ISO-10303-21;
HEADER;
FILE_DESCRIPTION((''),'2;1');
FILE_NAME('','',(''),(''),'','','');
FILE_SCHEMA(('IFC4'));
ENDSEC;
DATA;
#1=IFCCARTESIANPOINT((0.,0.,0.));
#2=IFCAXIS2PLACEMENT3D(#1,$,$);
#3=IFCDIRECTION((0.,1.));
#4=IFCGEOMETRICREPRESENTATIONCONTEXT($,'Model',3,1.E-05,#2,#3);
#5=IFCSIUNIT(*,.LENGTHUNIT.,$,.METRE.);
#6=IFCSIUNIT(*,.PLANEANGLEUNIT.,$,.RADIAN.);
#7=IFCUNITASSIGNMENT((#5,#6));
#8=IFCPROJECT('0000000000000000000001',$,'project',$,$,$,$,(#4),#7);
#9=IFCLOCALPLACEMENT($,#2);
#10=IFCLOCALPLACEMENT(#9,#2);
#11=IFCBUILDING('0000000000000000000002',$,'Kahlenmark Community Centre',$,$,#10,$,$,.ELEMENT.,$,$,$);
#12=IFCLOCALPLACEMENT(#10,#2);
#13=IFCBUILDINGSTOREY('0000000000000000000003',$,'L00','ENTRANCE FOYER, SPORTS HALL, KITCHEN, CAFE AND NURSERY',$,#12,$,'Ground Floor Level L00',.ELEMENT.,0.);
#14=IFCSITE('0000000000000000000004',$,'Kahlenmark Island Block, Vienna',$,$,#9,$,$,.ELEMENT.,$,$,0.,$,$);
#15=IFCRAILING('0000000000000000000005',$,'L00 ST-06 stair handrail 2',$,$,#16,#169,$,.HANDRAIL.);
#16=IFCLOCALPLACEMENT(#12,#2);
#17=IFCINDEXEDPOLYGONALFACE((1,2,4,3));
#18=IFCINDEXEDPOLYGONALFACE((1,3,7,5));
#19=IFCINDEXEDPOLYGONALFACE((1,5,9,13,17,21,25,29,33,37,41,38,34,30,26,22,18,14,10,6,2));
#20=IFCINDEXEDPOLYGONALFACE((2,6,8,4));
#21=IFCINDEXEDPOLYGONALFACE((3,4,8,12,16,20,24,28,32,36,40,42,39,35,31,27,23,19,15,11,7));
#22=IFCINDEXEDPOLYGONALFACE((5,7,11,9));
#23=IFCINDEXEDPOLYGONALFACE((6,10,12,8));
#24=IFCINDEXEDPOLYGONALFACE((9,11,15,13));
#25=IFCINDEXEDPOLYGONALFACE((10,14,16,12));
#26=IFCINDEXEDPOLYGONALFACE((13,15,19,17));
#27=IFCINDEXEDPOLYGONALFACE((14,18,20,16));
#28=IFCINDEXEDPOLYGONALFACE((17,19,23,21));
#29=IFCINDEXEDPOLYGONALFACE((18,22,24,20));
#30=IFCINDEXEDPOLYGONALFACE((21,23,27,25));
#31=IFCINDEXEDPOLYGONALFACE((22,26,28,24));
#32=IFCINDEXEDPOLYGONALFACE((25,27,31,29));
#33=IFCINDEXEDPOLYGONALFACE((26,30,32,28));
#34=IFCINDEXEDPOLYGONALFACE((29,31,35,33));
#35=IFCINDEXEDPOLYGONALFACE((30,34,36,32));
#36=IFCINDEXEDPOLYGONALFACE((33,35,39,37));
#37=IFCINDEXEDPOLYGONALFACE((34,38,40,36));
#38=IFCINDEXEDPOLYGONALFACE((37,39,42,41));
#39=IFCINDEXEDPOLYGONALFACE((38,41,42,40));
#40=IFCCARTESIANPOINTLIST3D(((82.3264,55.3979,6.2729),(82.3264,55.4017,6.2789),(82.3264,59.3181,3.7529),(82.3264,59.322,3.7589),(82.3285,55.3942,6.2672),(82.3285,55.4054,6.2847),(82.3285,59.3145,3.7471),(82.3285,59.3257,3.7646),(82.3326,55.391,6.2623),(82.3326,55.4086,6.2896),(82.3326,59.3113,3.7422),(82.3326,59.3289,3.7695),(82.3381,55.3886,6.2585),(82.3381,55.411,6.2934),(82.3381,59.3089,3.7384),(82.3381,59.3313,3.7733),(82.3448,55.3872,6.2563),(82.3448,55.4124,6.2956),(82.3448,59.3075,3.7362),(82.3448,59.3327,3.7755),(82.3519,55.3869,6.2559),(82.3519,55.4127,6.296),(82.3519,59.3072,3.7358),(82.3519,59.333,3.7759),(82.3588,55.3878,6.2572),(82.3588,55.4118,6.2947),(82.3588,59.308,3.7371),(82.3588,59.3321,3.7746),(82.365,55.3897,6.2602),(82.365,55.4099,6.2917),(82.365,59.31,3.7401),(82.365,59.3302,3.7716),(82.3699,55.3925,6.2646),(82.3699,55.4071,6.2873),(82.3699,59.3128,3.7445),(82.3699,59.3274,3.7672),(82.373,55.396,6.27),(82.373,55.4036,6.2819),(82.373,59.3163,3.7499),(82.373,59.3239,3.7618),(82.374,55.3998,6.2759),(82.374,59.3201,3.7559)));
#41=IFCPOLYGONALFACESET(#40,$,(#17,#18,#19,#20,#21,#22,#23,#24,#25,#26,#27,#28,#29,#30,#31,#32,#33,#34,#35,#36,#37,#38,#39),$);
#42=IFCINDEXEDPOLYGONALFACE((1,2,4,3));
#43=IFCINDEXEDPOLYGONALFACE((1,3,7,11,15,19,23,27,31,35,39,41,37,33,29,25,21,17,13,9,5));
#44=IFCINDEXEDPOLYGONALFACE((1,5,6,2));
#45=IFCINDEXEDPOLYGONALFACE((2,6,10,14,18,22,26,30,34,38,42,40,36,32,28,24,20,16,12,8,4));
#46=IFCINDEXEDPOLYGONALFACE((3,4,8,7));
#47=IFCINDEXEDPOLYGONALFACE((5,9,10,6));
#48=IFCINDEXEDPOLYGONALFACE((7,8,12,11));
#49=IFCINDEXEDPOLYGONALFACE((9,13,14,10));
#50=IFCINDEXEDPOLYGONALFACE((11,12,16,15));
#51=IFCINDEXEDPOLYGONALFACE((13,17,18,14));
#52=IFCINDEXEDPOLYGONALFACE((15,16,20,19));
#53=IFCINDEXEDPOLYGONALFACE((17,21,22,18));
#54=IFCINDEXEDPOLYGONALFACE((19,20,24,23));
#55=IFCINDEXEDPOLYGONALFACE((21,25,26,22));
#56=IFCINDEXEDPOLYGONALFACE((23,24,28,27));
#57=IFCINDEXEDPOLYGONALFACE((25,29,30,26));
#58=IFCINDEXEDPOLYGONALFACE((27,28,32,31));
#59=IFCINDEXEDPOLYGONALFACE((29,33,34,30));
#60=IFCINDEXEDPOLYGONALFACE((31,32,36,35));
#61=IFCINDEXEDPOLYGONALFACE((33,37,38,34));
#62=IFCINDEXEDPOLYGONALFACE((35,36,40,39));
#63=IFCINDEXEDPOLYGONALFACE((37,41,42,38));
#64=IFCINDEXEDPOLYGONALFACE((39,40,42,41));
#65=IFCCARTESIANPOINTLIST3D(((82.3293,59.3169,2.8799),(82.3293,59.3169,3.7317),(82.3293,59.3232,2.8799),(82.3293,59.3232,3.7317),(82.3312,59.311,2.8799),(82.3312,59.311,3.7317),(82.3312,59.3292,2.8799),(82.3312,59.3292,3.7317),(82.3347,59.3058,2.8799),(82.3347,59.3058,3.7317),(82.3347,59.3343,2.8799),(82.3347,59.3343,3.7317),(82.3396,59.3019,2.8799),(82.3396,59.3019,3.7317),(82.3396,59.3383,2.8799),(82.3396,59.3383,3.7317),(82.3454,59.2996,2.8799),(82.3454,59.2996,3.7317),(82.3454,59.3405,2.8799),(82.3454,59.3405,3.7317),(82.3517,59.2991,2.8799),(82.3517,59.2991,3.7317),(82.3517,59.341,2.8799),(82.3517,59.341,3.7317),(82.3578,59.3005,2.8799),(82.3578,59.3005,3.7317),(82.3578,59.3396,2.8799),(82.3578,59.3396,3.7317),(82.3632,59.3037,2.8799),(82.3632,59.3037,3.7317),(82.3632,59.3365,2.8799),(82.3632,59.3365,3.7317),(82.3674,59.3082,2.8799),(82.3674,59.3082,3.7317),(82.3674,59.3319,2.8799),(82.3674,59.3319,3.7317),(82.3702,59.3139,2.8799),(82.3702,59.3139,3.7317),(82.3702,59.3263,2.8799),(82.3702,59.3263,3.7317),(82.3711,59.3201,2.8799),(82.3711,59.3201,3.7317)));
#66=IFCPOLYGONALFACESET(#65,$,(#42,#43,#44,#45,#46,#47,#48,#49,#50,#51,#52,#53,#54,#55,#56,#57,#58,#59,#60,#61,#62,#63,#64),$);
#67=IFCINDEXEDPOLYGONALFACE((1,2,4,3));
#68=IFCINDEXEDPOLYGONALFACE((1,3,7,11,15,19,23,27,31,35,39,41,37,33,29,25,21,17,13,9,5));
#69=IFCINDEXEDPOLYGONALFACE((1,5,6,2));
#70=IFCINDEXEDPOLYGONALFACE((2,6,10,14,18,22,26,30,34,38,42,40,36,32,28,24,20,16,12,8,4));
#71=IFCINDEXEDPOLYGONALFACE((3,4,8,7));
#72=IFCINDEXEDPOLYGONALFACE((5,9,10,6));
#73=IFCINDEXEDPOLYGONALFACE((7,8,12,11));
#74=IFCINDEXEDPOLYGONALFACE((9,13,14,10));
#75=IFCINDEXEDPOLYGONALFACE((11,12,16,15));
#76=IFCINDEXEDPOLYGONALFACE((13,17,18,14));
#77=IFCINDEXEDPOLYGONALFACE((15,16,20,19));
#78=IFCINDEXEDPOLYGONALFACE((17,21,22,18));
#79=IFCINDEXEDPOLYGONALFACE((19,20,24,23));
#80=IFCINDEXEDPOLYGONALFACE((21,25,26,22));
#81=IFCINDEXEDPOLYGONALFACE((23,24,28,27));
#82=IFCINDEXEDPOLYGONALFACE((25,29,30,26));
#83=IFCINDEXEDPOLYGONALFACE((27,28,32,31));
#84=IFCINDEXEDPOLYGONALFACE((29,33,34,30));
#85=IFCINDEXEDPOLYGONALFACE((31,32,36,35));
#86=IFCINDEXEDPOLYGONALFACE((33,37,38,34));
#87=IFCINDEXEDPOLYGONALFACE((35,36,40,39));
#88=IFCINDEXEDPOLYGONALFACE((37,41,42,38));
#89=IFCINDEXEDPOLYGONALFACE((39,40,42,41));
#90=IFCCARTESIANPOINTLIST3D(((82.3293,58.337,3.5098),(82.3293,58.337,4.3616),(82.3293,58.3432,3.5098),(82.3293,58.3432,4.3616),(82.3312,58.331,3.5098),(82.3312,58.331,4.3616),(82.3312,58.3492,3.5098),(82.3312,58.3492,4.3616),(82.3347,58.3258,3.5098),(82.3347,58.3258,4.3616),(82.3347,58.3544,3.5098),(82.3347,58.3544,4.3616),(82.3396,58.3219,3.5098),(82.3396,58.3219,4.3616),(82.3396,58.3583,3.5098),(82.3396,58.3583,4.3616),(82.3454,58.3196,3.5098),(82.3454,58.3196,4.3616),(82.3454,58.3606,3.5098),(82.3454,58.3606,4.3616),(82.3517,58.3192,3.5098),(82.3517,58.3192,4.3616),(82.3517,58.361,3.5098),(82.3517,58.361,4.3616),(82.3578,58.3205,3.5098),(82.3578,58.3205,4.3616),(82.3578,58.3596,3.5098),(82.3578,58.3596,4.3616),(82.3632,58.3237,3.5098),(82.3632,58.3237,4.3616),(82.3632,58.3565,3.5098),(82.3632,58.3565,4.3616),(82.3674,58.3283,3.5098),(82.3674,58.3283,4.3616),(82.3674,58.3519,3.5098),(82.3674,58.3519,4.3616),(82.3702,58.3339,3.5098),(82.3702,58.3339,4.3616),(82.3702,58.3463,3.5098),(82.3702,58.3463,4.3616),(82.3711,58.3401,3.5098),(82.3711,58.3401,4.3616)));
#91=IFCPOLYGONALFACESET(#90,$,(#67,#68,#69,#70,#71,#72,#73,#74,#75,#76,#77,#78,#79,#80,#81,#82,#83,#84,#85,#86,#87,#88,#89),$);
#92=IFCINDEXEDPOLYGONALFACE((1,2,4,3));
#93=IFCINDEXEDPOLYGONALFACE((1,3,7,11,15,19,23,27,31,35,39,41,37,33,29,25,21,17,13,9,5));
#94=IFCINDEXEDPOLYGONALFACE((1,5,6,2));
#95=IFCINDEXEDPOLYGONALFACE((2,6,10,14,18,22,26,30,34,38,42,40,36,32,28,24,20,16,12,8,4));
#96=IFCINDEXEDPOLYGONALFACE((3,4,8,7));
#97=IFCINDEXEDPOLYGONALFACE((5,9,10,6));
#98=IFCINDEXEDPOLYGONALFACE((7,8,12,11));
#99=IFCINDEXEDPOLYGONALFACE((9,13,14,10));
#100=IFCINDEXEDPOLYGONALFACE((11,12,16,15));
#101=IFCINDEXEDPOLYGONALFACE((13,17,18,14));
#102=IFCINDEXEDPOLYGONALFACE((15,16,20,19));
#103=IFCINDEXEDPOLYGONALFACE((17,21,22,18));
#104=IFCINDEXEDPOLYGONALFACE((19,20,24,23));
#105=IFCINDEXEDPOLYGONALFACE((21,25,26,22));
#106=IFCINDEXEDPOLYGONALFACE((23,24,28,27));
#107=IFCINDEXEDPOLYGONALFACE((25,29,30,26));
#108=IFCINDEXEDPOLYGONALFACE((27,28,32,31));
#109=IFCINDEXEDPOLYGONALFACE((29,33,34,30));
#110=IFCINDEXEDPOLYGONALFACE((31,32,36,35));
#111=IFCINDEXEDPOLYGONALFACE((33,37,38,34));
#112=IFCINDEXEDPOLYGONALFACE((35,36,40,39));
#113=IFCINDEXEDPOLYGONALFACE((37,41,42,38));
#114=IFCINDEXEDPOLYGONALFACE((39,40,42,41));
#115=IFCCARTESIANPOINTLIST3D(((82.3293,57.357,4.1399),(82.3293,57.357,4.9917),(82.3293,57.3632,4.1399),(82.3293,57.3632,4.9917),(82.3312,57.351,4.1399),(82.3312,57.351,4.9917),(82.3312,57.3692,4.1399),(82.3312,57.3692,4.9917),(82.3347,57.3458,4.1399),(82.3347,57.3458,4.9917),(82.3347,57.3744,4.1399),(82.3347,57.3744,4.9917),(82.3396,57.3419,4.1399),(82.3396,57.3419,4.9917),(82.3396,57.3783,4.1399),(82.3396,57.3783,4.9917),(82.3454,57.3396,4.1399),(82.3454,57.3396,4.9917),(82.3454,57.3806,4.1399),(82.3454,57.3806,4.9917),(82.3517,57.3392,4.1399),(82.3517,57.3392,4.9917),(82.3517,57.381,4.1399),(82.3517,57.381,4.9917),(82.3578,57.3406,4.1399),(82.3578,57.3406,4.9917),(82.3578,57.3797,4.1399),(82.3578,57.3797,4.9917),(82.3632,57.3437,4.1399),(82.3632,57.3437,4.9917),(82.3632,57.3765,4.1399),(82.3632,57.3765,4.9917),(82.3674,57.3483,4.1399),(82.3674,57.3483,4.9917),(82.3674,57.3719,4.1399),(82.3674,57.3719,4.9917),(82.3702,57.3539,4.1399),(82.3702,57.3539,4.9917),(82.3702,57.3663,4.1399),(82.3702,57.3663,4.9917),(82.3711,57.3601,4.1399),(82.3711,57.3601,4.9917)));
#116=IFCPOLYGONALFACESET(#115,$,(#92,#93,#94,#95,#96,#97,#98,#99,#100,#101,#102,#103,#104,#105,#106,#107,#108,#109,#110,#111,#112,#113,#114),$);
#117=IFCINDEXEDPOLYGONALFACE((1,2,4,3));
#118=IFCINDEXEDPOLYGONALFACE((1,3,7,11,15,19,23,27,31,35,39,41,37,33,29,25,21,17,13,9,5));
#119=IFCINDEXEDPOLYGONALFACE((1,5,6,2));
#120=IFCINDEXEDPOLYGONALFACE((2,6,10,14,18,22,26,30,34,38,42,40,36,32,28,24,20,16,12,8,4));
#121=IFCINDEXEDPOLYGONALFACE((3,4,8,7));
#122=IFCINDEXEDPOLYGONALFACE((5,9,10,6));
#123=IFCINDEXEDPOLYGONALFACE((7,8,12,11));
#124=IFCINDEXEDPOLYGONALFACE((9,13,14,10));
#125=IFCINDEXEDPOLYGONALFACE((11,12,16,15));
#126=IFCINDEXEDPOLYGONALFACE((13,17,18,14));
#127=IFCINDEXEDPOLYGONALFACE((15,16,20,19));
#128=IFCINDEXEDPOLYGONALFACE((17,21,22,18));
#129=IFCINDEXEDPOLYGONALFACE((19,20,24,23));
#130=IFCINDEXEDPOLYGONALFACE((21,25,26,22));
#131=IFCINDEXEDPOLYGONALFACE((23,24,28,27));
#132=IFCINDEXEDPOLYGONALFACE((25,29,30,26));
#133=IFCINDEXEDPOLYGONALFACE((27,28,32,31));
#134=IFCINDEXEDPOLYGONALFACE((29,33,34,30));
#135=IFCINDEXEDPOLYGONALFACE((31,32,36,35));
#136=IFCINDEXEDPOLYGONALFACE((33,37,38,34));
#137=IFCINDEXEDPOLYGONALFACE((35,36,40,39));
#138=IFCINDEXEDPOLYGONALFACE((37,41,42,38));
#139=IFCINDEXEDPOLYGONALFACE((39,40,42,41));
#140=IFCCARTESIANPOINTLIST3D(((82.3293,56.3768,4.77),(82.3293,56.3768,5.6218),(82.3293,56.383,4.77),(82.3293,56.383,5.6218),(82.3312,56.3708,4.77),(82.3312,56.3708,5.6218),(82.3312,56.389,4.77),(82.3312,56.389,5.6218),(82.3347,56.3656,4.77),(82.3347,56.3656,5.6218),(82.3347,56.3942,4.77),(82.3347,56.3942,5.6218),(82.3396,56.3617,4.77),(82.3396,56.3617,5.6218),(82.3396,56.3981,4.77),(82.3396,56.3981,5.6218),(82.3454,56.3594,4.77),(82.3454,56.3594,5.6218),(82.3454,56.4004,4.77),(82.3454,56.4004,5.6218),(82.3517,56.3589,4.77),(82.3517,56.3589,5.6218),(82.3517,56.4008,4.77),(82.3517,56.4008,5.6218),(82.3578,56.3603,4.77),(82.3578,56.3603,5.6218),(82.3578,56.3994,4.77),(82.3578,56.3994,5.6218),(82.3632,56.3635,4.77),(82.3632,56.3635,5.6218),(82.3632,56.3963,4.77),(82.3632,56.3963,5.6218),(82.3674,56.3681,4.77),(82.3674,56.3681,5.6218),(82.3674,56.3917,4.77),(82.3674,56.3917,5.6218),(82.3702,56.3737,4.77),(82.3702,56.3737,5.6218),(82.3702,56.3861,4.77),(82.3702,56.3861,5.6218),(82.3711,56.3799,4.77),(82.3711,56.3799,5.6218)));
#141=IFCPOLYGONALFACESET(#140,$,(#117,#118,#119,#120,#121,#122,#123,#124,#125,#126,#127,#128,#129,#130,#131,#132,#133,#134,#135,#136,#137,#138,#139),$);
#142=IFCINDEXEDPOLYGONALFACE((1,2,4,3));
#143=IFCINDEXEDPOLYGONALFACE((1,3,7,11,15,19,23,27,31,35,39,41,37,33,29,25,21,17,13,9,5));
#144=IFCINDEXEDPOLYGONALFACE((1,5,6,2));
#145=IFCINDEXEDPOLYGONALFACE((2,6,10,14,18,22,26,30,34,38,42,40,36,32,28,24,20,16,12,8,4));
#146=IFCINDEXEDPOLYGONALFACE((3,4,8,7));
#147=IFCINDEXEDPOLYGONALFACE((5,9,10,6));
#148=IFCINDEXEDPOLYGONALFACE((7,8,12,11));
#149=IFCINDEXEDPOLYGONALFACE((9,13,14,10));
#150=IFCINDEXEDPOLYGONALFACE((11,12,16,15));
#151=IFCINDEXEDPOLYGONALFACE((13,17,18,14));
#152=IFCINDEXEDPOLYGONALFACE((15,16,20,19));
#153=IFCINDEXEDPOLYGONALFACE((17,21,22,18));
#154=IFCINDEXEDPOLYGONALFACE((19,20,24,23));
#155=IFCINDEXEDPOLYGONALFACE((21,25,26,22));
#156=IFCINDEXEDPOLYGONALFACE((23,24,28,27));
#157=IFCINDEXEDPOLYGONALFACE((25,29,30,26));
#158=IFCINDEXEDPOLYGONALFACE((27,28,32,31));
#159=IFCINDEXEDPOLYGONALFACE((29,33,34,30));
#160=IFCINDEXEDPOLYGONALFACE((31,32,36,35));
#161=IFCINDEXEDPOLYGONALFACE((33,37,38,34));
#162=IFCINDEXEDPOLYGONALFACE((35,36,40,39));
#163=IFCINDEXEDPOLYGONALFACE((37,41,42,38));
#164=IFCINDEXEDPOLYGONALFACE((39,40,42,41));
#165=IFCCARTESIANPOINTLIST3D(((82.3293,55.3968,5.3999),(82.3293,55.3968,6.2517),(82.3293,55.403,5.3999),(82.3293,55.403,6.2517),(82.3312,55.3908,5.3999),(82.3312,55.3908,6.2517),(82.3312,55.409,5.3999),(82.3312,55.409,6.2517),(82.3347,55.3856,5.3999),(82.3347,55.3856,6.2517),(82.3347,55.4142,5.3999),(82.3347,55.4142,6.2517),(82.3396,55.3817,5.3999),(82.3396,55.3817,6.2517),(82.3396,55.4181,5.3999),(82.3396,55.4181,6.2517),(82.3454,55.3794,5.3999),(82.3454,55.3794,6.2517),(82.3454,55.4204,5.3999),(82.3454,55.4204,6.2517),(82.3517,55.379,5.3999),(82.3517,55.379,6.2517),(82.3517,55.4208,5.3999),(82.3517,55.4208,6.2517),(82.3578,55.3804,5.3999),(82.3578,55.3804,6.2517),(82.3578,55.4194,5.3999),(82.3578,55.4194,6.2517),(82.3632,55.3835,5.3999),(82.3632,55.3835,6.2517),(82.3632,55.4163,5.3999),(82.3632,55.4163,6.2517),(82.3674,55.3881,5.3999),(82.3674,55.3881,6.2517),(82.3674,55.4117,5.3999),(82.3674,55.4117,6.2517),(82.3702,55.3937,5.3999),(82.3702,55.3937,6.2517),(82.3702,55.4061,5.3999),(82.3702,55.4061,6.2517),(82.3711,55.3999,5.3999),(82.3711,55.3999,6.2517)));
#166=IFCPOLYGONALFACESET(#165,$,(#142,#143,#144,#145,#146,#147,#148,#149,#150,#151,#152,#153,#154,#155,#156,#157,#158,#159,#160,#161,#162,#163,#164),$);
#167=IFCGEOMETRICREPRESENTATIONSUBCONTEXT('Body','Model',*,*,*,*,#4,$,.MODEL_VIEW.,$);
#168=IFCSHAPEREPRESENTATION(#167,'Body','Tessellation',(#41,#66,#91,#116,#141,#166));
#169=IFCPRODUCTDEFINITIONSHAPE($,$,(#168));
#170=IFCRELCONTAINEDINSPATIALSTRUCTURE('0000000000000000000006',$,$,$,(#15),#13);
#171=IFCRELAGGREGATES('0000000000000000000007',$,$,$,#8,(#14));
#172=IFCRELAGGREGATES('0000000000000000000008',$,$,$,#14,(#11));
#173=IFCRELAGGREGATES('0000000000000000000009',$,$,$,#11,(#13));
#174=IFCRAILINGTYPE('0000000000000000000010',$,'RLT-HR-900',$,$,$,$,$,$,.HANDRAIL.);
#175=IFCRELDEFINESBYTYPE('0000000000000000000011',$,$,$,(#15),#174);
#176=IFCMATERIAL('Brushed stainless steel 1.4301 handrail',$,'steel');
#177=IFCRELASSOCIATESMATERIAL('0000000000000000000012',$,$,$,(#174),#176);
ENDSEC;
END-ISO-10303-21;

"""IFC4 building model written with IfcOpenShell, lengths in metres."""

from ifc_helpers import new_model, si_unit, direction, frame, origin, origin_2d, place, context, subcontext, project, spatial, circle, extrude, material, type_object, element, save


model = new_model("IFC4")

# Units and contexts
model_context = context("Model", 3, precision=1e-05, world=origin(), true_north=direction((0.0, 1.0)))
body_context = subcontext(model_context, "Body", "Model", "MODEL_VIEW")
ifc_project = project(units=[si_unit("LENGTHUNIT", "METRE"), si_unit("PLANEANGLEUNIT", "RADIAN")], contexts=[model_context])

# Site, building, storey
site_placement = place(None, origin())
site = spatial("IfcSite", under=ifc_project, at=site_placement, Name="Kahlenmark Island Block, Vienna", CompositionType="ELEMENT", RefElevation=0.0)
building_placement = place(site_placement, origin())
building = spatial("IfcBuilding", under=site, at=building_placement, Name="Kahlenmark Community Centre", CompositionType="ELEMENT")
storey_placement = place(building_placement, origin())
storey = spatial("IfcBuildingStorey", under=building, at=storey_placement, Name="L00", Description="ENTRANCE FOYER, SPORTS HALL, KITCHEN, CAFE AND NURSERY", LongName="Ground Floor Level L00", CompositionType="ELEMENT", Elevation=0.0)

# Railing
ifc_material_1 = material(Name="Brushed stainless steel 1.4301 handrail", Category="steel")
railing_type_1 = type_object("IfcRailingType", Name="RLT-HR-900", PredefinedType="HANDRAIL", material=ifc_material_1)
railing_1_placement = place(storey_placement, frame((82.3501, 59.3201, 2.8799)))
element("IfcRailing", 1, at=railing_1_placement, inside=storey, type_object=railing_type_1, Name="L00 ST-06 stair handrail 2", PredefinedType="HANDRAIL", context=body_context, shape_type="SweptSolid", body=[
    extrude(circle(Radius=0.0239, at=origin_2d()), frame((0.0, 0.0, 0.876), z_axis=(0.0, -0.841187, 0.540744), x_axis=(1.0, 0.0, 0.0)), (0.0, 0.0, 1.0), 4.6604),
    extrude(circle(Radius=0.021, at=origin_2d()), origin(), (0.0, 0.0, 1.0), 0.8518),
    extrude(circle(Radius=0.021, at=origin_2d()), frame((0.0, -0.98, 0.6299)), (0.0, 0.0, 1.0), 0.8518),
    extrude(circle(Radius=0.021, at=origin_2d()), frame((0.0, -1.96, 1.26)), (0.0, 0.0, 1.0), 0.8518),
    extrude(circle(Radius=0.021, at=origin_2d()), frame((0.0, -2.9402, 1.8901)), (0.0, 0.0, 1.0), 0.8518),
    extrude(circle(Radius=0.021, at=origin_2d()), frame((0.0, -3.9202, 2.52)), (0.0, 0.0, 1.0), 0.8518),
])

save(model, "model.ifc")
